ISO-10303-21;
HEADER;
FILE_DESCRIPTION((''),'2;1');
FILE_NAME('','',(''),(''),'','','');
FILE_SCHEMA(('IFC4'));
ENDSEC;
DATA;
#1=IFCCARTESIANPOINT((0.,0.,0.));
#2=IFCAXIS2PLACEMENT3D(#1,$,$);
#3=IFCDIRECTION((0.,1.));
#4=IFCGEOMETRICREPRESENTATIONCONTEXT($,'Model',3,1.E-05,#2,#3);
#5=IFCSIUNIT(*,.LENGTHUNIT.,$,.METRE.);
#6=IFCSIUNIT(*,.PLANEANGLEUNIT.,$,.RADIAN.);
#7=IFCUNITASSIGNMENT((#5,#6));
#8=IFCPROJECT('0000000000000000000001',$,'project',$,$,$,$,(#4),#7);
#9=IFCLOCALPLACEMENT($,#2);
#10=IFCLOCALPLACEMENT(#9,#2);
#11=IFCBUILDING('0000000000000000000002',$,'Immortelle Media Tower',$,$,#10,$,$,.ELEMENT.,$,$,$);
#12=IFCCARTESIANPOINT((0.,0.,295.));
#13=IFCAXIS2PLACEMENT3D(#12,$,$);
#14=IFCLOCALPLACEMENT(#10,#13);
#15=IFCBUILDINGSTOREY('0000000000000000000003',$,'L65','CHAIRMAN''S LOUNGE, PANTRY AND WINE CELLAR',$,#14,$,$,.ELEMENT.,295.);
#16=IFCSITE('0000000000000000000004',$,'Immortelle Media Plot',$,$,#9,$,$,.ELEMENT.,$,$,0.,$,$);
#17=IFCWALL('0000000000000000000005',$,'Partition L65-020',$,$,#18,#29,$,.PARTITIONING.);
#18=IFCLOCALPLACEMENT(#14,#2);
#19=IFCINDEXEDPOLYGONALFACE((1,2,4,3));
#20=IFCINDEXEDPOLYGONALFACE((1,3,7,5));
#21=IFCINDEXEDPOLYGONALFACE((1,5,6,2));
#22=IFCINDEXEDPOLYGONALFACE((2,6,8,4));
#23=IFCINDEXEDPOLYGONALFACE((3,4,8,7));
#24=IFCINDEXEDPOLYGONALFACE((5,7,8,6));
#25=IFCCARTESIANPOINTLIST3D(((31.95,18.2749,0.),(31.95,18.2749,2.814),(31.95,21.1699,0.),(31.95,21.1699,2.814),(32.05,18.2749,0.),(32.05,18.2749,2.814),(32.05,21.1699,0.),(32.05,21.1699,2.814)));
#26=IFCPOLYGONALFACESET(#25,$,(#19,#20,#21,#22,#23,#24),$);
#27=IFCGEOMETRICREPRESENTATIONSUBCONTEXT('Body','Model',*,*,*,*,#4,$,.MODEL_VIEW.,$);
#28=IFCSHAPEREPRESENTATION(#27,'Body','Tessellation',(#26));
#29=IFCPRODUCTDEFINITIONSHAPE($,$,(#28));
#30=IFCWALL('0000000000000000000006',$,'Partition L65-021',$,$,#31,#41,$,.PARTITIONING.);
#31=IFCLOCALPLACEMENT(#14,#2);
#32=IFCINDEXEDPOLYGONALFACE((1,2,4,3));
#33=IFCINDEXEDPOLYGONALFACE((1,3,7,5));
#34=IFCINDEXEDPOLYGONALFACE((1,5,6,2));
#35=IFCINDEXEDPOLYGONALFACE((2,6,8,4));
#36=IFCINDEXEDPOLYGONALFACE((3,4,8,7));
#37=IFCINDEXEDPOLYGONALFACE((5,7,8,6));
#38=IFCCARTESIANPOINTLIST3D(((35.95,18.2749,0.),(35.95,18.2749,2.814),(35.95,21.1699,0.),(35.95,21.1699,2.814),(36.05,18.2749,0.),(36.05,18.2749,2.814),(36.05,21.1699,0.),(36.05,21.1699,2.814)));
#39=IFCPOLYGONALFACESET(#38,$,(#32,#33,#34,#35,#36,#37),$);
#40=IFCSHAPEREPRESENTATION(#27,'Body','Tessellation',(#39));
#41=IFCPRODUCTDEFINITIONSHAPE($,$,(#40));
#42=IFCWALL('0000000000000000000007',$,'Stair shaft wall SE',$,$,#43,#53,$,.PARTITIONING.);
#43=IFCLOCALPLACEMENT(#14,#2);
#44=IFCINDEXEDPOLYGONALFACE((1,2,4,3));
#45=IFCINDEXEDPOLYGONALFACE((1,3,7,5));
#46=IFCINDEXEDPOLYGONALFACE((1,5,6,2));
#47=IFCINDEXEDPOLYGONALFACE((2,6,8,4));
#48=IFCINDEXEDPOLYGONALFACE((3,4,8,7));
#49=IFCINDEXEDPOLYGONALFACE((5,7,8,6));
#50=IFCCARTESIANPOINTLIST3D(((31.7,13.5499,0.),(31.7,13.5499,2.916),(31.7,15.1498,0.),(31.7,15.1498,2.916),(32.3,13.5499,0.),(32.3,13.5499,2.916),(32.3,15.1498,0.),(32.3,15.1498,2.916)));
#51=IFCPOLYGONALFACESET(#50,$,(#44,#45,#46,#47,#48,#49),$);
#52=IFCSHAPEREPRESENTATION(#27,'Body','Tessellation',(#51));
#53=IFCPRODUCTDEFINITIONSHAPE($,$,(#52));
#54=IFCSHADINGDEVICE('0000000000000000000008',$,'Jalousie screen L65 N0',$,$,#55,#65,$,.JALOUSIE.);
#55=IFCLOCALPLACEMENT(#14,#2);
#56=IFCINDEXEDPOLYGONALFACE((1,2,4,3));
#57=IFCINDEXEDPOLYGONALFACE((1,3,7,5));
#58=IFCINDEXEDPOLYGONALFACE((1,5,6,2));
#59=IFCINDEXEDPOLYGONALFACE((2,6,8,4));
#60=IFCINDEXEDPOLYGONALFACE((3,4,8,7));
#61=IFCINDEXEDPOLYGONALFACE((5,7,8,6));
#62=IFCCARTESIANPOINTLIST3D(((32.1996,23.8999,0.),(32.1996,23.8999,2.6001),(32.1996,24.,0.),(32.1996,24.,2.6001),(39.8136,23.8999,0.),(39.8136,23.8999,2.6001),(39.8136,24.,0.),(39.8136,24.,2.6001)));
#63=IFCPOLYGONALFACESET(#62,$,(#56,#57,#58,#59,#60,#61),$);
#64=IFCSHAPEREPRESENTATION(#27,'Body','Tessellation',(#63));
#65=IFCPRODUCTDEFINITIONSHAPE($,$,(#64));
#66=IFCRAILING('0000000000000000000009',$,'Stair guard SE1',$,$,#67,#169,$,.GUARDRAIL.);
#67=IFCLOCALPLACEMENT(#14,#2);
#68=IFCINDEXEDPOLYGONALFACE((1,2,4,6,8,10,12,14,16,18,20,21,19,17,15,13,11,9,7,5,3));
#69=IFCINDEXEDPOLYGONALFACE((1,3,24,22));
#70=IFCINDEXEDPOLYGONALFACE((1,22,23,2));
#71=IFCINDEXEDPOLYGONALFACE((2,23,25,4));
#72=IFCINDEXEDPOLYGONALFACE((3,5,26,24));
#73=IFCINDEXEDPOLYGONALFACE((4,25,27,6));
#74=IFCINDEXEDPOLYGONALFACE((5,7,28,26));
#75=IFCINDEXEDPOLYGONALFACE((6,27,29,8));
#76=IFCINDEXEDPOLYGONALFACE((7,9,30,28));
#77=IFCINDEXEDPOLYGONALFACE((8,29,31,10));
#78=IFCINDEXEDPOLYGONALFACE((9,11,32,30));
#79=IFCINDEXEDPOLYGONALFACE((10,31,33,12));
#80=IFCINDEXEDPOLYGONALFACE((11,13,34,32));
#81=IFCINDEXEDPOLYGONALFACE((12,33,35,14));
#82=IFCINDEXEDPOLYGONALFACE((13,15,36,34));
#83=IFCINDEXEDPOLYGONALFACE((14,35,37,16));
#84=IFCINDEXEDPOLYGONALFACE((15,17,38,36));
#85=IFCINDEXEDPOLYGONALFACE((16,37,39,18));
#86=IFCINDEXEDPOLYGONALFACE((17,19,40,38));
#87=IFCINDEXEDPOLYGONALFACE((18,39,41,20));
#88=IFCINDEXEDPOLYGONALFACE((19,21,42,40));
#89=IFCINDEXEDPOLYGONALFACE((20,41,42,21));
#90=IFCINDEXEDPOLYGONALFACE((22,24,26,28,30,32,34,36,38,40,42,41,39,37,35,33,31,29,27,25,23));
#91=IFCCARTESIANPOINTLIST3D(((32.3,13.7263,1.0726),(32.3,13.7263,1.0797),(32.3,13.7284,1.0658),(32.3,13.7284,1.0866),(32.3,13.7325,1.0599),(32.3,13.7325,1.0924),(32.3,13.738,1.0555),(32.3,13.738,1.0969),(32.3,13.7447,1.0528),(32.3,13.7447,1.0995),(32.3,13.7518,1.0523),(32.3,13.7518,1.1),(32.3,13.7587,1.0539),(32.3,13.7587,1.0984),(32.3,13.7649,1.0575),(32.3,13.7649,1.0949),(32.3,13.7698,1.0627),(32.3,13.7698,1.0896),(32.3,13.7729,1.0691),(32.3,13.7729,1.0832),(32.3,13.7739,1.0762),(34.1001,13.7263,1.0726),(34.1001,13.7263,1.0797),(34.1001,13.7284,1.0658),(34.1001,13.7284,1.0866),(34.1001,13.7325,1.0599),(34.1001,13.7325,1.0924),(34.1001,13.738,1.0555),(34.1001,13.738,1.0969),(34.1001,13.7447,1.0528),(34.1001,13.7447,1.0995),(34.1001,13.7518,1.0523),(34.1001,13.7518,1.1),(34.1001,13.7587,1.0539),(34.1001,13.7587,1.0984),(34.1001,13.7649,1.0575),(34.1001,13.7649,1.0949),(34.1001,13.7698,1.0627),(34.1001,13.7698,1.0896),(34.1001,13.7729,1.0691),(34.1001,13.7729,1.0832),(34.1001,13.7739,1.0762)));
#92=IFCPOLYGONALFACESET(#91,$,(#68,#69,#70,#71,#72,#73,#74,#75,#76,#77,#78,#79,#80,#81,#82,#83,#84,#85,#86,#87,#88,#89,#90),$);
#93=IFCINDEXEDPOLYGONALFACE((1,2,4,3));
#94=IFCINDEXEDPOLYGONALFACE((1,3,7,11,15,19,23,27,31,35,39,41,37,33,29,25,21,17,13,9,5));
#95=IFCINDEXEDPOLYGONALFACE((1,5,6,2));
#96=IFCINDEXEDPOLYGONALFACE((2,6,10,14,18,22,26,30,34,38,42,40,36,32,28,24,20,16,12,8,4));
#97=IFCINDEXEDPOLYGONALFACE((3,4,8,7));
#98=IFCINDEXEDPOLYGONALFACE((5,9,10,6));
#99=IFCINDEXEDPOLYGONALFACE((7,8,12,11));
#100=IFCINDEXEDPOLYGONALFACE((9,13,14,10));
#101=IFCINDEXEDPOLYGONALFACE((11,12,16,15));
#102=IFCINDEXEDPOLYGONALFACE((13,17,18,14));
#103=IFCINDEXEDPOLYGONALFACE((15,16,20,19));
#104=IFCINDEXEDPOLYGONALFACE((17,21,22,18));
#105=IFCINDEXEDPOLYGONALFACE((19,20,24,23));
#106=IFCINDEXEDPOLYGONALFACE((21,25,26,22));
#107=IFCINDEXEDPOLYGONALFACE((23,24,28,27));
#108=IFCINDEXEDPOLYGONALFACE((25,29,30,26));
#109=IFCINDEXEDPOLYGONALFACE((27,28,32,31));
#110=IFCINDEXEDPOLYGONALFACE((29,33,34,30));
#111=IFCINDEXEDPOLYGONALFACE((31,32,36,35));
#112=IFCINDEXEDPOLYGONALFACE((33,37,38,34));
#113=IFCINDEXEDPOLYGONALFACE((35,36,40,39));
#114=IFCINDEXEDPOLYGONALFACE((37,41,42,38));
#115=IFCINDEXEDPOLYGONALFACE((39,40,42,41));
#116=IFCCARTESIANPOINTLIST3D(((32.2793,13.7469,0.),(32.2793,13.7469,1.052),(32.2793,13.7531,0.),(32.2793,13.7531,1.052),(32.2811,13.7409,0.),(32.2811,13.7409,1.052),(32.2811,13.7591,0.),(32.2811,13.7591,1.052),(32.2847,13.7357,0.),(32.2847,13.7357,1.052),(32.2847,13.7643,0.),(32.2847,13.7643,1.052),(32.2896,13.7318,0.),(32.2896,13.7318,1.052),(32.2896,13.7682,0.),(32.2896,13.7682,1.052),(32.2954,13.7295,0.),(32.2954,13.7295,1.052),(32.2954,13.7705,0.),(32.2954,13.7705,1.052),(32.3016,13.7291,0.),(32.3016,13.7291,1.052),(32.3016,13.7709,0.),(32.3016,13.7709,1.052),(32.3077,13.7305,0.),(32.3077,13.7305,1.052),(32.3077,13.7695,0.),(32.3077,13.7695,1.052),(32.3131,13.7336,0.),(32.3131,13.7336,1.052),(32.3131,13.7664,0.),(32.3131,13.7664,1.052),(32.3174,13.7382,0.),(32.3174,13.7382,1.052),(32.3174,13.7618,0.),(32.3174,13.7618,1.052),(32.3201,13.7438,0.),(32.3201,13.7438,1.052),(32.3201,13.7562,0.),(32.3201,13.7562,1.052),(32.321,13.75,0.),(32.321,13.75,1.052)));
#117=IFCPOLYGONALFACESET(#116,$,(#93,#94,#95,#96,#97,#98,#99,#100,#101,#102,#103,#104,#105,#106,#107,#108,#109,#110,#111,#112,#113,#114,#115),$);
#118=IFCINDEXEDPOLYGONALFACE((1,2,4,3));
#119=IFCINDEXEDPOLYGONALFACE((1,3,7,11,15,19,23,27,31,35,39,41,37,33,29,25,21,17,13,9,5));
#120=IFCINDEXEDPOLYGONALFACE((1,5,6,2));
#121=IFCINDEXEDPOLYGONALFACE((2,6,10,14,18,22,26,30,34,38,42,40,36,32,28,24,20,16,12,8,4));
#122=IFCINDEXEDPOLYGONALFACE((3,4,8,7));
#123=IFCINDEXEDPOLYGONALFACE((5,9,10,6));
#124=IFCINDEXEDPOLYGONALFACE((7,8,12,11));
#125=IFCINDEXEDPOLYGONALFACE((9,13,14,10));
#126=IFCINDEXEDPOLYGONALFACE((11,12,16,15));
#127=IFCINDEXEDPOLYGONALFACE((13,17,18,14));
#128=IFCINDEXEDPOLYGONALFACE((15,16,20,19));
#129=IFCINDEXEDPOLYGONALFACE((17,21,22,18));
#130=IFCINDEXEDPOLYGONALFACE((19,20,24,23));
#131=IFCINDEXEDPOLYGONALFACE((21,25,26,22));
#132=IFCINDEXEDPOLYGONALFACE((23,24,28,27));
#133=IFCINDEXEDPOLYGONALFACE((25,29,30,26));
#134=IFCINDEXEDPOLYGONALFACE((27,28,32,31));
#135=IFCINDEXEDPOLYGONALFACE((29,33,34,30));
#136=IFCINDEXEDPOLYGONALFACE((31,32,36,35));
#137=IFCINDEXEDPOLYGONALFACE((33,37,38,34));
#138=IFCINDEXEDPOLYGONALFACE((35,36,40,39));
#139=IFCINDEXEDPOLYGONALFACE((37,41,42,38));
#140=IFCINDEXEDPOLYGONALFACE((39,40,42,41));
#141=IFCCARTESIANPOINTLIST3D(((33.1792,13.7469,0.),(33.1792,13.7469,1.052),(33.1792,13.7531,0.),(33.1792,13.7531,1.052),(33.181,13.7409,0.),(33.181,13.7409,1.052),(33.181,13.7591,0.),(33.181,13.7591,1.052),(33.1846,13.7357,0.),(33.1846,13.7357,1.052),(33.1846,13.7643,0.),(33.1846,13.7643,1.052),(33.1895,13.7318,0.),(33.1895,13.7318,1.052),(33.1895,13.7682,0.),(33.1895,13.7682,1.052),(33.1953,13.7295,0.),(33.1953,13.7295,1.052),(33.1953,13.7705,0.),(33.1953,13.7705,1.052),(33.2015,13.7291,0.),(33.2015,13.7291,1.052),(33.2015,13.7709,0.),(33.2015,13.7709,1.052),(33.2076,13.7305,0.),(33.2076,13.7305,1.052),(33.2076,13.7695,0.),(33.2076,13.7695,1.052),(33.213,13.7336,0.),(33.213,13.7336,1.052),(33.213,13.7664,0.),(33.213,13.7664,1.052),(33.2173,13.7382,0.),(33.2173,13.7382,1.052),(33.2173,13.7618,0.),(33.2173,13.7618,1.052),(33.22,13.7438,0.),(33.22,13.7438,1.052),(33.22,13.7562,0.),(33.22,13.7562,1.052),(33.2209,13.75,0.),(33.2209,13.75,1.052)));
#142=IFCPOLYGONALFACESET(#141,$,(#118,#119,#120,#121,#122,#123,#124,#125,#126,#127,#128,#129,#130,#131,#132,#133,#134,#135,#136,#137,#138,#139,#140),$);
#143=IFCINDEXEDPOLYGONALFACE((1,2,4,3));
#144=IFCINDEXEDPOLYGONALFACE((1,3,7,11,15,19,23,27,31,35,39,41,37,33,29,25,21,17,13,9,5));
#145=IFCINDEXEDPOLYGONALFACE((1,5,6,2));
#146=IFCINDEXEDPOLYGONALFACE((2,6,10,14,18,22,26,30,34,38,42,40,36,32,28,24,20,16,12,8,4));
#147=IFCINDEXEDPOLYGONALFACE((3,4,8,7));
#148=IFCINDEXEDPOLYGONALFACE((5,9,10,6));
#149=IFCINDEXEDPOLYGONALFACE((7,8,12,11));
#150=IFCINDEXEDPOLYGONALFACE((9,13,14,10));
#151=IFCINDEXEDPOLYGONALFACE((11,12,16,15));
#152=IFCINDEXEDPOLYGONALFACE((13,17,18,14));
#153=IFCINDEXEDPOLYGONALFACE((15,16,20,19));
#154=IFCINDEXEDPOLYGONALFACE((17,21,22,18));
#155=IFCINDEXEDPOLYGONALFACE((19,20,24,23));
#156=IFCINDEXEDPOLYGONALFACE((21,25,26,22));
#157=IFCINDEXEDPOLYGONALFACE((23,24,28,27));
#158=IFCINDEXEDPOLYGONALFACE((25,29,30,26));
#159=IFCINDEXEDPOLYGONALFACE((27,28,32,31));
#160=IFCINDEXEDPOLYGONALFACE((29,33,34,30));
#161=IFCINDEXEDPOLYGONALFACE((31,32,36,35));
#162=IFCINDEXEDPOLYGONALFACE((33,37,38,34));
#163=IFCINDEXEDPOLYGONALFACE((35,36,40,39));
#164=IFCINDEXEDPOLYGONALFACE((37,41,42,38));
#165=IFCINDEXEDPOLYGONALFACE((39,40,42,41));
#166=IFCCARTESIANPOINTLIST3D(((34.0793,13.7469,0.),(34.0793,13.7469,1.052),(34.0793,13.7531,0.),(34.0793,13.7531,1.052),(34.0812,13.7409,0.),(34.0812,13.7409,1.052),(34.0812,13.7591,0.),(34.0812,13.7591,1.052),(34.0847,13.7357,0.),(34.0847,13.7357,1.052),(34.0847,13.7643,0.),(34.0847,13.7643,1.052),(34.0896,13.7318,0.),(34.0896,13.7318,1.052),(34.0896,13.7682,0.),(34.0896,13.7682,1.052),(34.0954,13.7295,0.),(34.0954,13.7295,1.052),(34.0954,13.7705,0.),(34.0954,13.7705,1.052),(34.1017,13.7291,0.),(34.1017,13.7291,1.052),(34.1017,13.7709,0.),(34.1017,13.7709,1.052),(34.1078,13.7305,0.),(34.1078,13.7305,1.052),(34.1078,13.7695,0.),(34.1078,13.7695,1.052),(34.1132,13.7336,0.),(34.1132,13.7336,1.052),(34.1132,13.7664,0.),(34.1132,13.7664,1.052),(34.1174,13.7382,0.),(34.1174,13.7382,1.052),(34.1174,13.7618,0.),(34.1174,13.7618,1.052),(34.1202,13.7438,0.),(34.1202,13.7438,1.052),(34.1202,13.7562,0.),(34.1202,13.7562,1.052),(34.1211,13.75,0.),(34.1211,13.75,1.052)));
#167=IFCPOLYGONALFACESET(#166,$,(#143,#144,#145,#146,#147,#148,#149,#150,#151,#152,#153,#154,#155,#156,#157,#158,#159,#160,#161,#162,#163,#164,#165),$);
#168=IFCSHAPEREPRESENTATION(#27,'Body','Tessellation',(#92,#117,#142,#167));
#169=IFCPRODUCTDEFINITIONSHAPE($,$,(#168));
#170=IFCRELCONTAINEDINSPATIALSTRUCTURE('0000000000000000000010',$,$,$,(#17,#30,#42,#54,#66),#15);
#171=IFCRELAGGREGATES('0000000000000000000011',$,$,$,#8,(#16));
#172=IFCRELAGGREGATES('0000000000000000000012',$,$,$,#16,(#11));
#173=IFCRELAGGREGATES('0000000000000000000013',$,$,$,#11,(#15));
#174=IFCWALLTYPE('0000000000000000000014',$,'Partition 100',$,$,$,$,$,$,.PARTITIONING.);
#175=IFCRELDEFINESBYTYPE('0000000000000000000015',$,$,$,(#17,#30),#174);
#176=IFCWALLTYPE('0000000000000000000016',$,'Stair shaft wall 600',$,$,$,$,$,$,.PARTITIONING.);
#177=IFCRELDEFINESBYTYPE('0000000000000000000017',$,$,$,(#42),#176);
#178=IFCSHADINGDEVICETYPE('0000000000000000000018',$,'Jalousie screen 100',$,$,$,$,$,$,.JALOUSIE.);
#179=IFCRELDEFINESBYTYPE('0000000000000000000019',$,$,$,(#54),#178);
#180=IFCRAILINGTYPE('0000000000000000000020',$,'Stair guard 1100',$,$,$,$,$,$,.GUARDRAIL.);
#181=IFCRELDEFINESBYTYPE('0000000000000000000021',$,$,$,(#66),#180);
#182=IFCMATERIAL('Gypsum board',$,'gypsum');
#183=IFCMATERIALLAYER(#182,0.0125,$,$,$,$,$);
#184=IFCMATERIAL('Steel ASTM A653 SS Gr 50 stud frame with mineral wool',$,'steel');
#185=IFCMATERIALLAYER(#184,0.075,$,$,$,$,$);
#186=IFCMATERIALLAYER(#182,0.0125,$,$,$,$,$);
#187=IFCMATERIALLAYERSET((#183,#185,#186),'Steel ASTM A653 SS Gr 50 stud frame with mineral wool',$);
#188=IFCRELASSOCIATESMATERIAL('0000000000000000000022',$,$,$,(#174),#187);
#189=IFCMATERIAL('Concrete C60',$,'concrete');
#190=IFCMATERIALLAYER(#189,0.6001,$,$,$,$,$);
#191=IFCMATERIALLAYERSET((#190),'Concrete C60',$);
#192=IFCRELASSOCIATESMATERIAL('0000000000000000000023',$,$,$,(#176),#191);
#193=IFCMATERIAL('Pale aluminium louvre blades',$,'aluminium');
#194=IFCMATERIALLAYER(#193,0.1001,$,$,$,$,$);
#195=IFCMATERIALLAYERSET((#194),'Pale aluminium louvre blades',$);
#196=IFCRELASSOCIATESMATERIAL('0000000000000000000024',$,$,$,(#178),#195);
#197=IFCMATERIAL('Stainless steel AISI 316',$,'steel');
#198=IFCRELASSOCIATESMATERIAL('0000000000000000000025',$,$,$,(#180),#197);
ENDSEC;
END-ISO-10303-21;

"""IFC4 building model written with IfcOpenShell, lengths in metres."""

from ifc_helpers import new_model, si_unit, direction, frame, frame_2d, origin, origin_2d, place, context, subcontext, project, spatial, rectangle, circle, extrude, material, layer, layer_set, type_object, element, save


model = new_model("IFC4")

# Units and contexts
model_context = context("Model", 3, precision=1e-05, world=origin(), true_north=direction((0.0, 1.0)))
body_context = subcontext(model_context, "Body", "Model", "MODEL_VIEW")
ifc_project = project(units=[si_unit("LENGTHUNIT", "METRE"), si_unit("PLANEANGLEUNIT", "RADIAN")], contexts=[model_context])

# Site, building, storey
site_placement = place(None, origin())
site = spatial("IfcSite", under=ifc_project, at=site_placement, Name="Immortelle Media Plot", CompositionType="ELEMENT", RefElevation=0.0)
building_placement = place(site_placement, origin())
building = spatial("IfcBuilding", under=site, at=building_placement, Name="Immortelle Media Tower", CompositionType="ELEMENT")
storey_placement = place(building_placement, frame((0.0, 0.0, 295.0)))
storey = spatial("IfcBuildingStorey", under=building, at=storey_placement, Name="L65", Description="CHAIRMAN'S LOUNGE, PANTRY AND WINE CELLAR", CompositionType="ELEMENT", Elevation=295.0)

# Shared definitions
ifc_material_1 = material(Name="Steel ASTM A653 SS Gr 50 stud frame with mineral wool", Category="steel")

# Walls
ifc_material_2 = material(Name="Gypsum board", Category="gypsum")
ifc_layer_1 = layer(ifc_material_2, 0.0125)
ifc_layer_2 = layer(ifc_material_1, 0.075)
ifc_layer_3 = layer(ifc_material_2, 0.0125)
ifc_layer_set_1 = layer_set([ifc_layer_1, ifc_layer_2, ifc_layer_3], Name="Steel ASTM A653 SS Gr 50 stud frame with mineral wool")
wall_type_1 = type_object("IfcWallType", Name="Partition 100", PredefinedType="PARTITIONING", material=ifc_layer_set_1)
for number, where, z_axis, x_axis, name in (
    (1, (32.0, 18.2749, 0.0), (0.0, 0.0, 1.0), (0.0, 1.0, 0.0), "Partition L65-020"),
    (2, (36.0, 18.2749, 0.0), (0.0, 0.0, 1.0), (0.0, 1.0, 0.0), "Partition L65-021"),
):
    element("IfcWall", number, at=place(storey_placement, frame(where, z_axis=z_axis, x_axis=x_axis)), inside=storey, type_object=wall_type_1, Name=name, PredefinedType="PARTITIONING", context=body_context, shape_type="SweptSolid", body=[
        extrude(rectangle(XDim=2.895, YDim=0.1001, at=frame_2d((1.4475, 0.0))), origin(), (0.0, 0.0, 1.0), 2.814),
    ])
ifc_material_3 = material(Name="Concrete C60", Category="concrete")
ifc_layer_4 = layer(ifc_material_3, 0.6001)
ifc_layer_set_2 = layer_set([ifc_layer_4], Name="Concrete C60")
wall_type_2 = type_object("IfcWallType", Name="Stair shaft wall 600", PredefinedType="PARTITIONING", material=ifc_layer_set_2)
wall_1_placement = place(storey_placement, frame((32.0, 13.55, 0.0), z_axis=(0.0, 0.0, 1.0), x_axis=(0.0, 1.0, 0.0)))
element("IfcWall", 3, at=wall_1_placement, inside=storey, type_object=wall_type_2, Name="Stair shaft wall SE", PredefinedType="PARTITIONING", context=body_context, shape_type="SweptSolid", body=[
    extrude(rectangle(XDim=1.5999, YDim=0.6001, at=frame_2d((0.7998, 0.0))), origin(), (0.0, 0.0, 1.0), 2.916),
])

# Shading device
ifc_material_4 = material(Name="Pale aluminium louvre blades", Category="aluminium")
ifc_layer_5 = layer(ifc_material_4, 0.1001)
ifc_layer_set_3 = layer_set([ifc_layer_5], Name="Pale aluminium louvre blades")
shading_device_type = type_object("IfcShadingDeviceType", Name="Jalousie screen 100", PredefinedType="JALOUSIE", material=ifc_layer_set_3)
shading_device_placement = place(storey_placement, frame((36.0066, 23.95, 0.0), z_axis=(0.0, 0.0, 1.0), x_axis=(-1.0, 0.0, 0.0)))
element("IfcShadingDevice", 4, at=shading_device_placement, inside=storey, type_object=shading_device_type, Name="Jalousie screen L65 N0", PredefinedType="JALOUSIE", context=body_context, shape_type="SweptSolid", body=[
    extrude(rectangle(XDim=7.614, YDim=0.1001, at=origin_2d()), origin(), (0.0, 0.0, 1.0), 2.6001),
])

# Railing
ifc_material_5 = material(Name="Stainless steel AISI 316", Category="steel")
railing_type_1 = type_object("IfcRailingType", Name="Stair guard 1100", PredefinedType="GUARDRAIL", material=ifc_material_5)
railing_1_placement = place(storey_placement, frame((32.3, 13.75, 0.0)))
element("IfcRailing", 5, at=railing_1_placement, inside=storey, type_object=railing_type_1, Name="Stair guard SE1", PredefinedType="GUARDRAIL", context=body_context, shape_type="SweptSolid", body=[
    extrude(circle(Radius=0.0239, at=origin_2d()), frame((0.0, 0.0, 1.0762), z_axis=(1.0, 0.0, 0.0), x_axis=(0.0, 1.0, 0.0)), (0.0, 0.0, 1.0), 1.8),
    extrude(circle(Radius=0.021, at=origin_2d()), origin(), (0.0, 0.0, 1.0), 1.052),
    extrude(circle(Radius=0.021, at=origin_2d()), frame((0.8999, 0.0, 0.0)), (0.0, 0.0, 1.0), 1.052),
    extrude(circle(Radius=0.021, at=origin_2d()), frame((1.8, 0.0, 0.0)), (0.0, 0.0, 1.0), 1.052),
])

save(model, "model.ifc")
